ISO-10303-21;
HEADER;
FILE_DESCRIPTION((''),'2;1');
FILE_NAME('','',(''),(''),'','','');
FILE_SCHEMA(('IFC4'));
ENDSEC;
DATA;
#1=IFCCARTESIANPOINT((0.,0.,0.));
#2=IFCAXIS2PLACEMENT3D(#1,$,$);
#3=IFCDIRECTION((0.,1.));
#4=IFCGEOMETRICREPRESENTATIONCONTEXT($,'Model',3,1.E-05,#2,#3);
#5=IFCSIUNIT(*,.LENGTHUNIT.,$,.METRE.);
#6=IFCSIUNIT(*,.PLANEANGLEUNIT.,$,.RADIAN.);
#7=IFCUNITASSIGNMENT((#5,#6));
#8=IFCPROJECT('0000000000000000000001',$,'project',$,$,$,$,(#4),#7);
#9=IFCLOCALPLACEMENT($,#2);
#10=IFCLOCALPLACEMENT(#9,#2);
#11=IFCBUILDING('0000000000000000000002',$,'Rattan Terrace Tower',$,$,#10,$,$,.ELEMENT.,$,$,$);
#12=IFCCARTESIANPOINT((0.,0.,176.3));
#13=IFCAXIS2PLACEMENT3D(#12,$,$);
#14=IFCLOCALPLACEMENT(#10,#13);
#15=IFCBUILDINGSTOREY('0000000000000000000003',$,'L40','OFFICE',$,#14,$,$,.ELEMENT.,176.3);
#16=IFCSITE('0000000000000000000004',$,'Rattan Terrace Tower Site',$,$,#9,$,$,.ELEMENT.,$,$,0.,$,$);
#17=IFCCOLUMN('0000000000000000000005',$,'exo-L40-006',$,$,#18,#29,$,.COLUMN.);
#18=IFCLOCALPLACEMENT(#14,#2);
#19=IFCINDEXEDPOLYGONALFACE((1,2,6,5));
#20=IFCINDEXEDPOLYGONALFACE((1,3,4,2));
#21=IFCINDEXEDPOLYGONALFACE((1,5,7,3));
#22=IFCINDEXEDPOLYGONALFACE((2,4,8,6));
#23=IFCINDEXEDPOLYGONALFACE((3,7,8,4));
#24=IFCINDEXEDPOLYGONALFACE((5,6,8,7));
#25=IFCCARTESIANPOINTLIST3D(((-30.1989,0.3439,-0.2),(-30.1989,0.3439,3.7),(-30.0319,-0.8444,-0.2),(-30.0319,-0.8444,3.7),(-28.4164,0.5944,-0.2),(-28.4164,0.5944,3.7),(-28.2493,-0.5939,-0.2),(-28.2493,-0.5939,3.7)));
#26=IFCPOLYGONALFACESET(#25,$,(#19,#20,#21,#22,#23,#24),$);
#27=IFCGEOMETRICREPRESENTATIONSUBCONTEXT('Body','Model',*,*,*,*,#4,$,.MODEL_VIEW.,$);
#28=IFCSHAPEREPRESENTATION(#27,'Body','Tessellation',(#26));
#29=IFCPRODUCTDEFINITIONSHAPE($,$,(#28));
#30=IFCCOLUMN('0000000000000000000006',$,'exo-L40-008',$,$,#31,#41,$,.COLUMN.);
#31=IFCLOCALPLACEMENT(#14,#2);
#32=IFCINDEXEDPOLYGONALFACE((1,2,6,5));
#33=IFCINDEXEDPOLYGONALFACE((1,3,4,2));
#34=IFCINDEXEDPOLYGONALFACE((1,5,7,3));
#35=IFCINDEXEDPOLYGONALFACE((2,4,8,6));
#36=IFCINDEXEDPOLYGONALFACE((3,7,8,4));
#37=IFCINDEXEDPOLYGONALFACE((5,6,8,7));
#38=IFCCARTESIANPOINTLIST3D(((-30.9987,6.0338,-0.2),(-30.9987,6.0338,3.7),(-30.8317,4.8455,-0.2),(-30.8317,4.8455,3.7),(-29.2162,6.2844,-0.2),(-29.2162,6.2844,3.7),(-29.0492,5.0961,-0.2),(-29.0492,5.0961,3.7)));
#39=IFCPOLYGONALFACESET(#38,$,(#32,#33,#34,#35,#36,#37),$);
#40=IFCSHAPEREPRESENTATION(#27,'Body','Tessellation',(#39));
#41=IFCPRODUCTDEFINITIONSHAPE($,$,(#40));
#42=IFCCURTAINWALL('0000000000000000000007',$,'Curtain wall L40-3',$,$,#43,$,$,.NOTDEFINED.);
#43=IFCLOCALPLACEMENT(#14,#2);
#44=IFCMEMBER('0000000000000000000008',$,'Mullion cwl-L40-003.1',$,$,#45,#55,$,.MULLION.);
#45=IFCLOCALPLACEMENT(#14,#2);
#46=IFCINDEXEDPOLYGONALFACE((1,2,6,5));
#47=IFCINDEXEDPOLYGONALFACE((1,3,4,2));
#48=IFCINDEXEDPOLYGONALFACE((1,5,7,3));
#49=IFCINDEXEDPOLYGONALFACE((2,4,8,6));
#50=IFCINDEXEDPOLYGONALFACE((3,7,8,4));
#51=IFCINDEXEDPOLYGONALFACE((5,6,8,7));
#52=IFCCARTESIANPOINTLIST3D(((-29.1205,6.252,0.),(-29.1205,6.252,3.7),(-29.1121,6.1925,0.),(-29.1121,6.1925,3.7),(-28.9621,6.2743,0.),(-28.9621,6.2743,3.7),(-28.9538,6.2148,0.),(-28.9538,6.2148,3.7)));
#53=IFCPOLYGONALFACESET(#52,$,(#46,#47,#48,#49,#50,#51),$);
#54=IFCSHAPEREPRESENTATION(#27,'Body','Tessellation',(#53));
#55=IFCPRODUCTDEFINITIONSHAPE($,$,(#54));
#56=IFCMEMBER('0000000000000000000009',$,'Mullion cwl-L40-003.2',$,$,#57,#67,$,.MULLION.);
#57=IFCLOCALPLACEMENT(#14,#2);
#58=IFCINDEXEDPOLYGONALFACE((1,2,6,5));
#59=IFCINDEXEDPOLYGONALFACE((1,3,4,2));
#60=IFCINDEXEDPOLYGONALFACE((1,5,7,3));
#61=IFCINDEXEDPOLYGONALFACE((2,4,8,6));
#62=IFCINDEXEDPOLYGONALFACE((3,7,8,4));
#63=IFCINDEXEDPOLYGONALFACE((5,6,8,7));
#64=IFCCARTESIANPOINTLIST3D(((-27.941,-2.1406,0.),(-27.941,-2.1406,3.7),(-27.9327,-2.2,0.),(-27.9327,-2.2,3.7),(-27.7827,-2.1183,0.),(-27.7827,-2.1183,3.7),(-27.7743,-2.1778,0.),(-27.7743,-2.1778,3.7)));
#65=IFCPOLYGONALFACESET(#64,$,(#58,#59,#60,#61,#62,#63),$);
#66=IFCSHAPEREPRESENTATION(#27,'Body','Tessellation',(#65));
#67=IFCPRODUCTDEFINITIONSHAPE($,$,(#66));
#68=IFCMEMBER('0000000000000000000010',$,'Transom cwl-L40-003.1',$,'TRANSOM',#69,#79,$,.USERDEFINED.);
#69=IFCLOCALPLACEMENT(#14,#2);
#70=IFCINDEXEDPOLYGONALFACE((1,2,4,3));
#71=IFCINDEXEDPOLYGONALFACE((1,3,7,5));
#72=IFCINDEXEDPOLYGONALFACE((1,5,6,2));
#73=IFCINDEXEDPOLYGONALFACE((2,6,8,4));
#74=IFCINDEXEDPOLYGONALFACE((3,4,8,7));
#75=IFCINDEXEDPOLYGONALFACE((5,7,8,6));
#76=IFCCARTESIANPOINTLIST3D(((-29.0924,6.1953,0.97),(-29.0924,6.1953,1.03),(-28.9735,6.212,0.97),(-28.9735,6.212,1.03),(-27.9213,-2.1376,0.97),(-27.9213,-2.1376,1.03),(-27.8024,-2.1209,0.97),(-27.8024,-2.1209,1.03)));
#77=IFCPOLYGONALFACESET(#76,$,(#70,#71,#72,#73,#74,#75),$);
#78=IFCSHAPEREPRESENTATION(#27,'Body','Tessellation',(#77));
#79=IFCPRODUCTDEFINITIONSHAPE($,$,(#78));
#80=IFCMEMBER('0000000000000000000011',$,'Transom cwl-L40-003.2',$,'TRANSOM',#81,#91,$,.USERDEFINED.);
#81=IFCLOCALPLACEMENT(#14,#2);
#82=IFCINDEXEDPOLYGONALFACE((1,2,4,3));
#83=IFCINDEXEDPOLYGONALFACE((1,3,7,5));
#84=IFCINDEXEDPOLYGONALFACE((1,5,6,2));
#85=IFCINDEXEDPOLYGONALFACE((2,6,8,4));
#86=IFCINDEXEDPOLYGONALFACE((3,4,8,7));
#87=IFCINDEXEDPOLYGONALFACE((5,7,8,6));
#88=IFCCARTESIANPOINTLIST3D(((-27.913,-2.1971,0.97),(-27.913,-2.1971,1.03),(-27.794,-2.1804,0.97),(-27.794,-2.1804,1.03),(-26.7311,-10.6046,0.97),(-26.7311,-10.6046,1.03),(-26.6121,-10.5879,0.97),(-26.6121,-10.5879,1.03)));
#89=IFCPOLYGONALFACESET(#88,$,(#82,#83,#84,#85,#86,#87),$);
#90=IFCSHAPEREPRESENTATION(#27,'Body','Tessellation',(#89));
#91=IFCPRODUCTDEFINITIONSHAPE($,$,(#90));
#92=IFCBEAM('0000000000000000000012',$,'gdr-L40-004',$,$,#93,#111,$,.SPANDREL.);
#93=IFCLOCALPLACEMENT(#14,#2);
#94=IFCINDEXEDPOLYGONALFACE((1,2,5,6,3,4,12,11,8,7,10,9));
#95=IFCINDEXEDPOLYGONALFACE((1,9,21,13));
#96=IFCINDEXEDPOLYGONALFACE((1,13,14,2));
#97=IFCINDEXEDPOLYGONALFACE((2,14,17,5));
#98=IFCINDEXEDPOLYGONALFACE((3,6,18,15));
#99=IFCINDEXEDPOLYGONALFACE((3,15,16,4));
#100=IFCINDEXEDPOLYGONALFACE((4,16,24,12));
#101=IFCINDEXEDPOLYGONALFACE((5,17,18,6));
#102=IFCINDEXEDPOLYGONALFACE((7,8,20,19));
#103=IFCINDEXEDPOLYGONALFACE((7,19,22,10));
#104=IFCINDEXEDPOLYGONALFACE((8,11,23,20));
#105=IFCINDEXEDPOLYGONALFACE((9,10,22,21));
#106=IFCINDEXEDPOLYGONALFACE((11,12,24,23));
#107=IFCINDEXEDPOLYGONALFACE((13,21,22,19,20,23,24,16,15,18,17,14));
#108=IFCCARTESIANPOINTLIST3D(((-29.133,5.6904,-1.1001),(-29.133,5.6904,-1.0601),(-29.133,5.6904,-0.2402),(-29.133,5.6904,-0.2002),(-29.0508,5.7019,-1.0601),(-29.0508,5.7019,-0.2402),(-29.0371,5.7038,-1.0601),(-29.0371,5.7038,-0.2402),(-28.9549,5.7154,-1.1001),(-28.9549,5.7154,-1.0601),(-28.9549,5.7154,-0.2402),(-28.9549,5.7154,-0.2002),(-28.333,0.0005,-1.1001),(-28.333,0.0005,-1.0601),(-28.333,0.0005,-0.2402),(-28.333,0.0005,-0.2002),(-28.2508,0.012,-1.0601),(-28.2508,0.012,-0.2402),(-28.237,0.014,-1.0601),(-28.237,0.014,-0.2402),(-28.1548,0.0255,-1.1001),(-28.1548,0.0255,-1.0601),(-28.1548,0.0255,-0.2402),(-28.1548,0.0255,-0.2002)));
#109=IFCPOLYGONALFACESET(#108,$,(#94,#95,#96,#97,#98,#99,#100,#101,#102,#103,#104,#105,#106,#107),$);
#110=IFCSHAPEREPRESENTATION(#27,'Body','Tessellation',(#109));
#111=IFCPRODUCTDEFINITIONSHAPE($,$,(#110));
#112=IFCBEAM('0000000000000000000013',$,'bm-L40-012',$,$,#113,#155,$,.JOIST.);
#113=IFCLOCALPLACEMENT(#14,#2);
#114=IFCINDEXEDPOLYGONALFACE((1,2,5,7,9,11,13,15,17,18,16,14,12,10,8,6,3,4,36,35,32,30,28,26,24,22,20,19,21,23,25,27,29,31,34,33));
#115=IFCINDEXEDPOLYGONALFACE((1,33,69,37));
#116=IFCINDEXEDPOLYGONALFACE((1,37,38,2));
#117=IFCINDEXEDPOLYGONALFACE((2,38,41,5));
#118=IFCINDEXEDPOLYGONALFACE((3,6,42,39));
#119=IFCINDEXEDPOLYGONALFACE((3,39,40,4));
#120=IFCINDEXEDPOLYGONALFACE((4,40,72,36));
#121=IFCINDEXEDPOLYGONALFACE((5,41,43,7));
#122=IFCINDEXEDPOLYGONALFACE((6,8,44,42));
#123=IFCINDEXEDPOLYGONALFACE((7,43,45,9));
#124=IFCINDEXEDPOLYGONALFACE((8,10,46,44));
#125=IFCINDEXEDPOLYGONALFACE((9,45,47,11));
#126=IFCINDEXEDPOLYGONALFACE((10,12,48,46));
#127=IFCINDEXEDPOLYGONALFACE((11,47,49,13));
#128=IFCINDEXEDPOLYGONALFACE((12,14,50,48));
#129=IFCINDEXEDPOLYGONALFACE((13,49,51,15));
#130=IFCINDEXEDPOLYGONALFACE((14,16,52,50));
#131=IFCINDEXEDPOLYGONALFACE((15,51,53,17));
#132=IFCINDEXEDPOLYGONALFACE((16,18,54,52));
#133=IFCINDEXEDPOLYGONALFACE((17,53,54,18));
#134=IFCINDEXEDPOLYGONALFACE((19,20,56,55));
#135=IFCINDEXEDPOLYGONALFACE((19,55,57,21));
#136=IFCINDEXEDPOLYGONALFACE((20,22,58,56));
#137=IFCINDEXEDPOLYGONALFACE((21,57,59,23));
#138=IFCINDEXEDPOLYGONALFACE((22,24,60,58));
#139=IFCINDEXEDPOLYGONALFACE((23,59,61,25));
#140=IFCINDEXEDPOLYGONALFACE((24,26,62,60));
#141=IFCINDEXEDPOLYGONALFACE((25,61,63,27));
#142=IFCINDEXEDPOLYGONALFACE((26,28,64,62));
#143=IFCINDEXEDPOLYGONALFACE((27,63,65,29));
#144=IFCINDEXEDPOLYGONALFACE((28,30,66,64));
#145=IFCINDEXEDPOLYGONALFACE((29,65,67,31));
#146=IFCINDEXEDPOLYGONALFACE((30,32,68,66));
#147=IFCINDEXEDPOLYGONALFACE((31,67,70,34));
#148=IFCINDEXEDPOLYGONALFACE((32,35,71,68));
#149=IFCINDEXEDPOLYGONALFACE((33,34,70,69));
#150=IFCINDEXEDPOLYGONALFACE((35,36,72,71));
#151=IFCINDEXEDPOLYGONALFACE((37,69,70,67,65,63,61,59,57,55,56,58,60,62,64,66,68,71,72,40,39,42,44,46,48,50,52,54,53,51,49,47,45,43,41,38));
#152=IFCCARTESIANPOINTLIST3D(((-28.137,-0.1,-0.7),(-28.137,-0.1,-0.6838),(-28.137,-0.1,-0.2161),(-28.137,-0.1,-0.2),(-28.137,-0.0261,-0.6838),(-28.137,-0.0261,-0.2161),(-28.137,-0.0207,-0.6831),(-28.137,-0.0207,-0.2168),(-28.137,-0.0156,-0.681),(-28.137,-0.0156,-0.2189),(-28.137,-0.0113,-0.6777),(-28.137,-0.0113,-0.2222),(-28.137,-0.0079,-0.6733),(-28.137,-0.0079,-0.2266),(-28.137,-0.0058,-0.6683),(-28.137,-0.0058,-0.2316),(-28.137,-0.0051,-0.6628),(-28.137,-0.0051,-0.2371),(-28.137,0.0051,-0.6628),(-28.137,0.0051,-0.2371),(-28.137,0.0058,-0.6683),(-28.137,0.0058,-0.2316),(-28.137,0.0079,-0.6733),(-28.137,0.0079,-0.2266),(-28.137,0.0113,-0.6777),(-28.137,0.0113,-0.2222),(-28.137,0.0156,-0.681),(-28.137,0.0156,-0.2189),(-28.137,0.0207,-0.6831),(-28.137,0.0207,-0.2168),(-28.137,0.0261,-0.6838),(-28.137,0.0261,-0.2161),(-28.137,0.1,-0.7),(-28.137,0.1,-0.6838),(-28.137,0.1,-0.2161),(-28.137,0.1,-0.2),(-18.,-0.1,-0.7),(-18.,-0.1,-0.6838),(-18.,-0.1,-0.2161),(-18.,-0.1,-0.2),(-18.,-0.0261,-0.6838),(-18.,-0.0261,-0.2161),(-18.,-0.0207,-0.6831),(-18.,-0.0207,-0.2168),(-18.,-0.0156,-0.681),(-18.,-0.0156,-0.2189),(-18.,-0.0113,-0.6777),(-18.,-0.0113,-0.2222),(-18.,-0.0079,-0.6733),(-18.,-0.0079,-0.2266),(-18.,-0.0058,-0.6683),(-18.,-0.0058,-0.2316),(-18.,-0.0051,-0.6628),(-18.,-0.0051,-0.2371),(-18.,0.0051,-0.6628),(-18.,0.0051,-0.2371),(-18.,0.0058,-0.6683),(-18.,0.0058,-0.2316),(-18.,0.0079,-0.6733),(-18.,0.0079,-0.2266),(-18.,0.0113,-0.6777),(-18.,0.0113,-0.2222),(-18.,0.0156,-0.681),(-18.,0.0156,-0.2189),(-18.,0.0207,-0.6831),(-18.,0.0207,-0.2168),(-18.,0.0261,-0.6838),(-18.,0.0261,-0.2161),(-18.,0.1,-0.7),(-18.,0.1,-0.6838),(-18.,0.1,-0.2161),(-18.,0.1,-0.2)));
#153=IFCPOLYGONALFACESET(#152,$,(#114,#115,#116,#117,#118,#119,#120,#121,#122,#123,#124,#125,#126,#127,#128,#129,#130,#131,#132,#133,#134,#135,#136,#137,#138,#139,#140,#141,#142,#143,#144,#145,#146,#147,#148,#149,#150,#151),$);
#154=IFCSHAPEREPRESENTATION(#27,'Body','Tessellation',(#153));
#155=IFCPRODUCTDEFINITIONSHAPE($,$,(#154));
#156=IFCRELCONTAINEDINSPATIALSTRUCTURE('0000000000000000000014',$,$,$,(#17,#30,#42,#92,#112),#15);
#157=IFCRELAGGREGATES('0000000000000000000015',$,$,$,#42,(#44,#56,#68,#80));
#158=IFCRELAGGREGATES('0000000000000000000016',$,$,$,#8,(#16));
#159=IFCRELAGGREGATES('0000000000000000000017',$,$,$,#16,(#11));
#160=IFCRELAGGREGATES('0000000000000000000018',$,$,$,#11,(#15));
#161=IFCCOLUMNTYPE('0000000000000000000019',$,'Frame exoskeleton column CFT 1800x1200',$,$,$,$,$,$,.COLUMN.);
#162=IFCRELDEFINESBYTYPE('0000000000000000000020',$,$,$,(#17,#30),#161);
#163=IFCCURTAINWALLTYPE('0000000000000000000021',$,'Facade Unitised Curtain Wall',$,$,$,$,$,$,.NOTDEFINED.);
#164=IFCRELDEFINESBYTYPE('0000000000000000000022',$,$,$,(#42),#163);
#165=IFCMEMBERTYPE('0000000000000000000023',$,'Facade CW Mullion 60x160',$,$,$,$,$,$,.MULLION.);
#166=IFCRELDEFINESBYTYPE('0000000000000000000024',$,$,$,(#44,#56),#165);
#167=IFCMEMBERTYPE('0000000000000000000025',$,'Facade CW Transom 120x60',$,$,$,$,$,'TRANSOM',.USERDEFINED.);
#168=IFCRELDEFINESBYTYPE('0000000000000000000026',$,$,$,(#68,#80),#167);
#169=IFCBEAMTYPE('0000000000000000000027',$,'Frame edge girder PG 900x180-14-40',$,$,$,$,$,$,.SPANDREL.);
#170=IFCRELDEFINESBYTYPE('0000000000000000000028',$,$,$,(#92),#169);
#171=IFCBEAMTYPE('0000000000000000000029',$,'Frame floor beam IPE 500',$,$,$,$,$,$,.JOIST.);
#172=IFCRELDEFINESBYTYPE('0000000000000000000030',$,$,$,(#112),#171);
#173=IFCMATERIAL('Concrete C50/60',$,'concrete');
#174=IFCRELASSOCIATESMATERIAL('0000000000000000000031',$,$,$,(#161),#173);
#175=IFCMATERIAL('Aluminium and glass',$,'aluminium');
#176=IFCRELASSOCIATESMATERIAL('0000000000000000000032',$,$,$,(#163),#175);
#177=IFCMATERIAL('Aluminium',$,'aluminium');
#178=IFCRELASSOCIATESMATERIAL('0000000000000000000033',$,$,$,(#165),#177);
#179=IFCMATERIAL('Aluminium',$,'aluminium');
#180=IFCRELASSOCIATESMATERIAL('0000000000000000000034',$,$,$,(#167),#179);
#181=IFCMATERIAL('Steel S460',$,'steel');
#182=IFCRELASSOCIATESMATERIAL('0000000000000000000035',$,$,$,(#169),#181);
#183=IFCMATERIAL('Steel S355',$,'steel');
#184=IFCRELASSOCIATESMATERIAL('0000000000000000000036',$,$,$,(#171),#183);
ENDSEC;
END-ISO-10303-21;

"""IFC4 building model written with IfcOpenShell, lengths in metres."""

from ifc_helpers import new_model, si_unit, direction, frame, origin, origin_2d, place, context, subcontext, project, spatial, rectangle, i_section, extrude, material, material_profile, profile_set, type_object, element, aggregate, save


model = new_model("IFC4")

# Units and contexts
model_context = context("Model", 3, precision=1e-05, world=origin(), true_north=direction((0.0, 1.0)))
body_context = subcontext(model_context, "Body", "Model", "MODEL_VIEW")
ifc_project = project(units=[si_unit("LENGTHUNIT", "METRE"), si_unit("PLANEANGLEUNIT", "RADIAN")], contexts=[model_context])

# Site, building, storey
site_placement = place(None, origin())
site = spatial("IfcSite", under=ifc_project, at=site_placement, Name="Rattan Terrace Tower Site", CompositionType="ELEMENT", RefElevation=0.0)
building_placement = place(site_placement, origin())
building = spatial("IfcBuilding", under=site, at=building_placement, Name="Rattan Terrace Tower", CompositionType="ELEMENT")
storey_placement = place(building_placement, frame((0.0, 0.0, 176.3)))
storey = spatial("IfcBuildingStorey", under=building, at=storey_placement, Name="L40", Description="OFFICE", CompositionType="ELEMENT", Elevation=176.3)

# Columns
ifc_material_1 = material(Name="Concrete C50/60", Category="concrete")
ifc_material_profile_1 = material_profile(ifc_material_1, rectangle(XDim=1.2, YDim=1.8, at=origin_2d()), Name="CFT 1800x1200")
ifc_profile_set_1 = profile_set([ifc_material_profile_1], Name="Concrete C50/60")
column_type = type_object("IfcColumnType", Name="Frame exoskeleton column CFT 1800x1200", PredefinedType="COLUMN", material=ifc_profile_set_1)
for number, where, z_axis, x_axis, name in (
    (1, (-29.2241, -0.125, -0.2), (0.0, 0.0, 1.0), (-0.13919, 0.990266, 0.0), "exo-L40-006"),
    (2, (-30.0239, 5.5649, -0.2), (0.0, 0.0, 1.0), (-0.13919, 0.990266, 0.0), "exo-L40-008"),
):
    element("IfcColumn", number, at=place(storey_placement, frame(where, z_axis=z_axis, x_axis=x_axis)), inside=storey, type_object=column_type, Name=name, PredefinedType="COLUMN", context=body_context, shape_type="SweptSolid", body=[
        extrude(rectangle(XDim=1.2, YDim=1.8, at=origin_2d()), origin(), (0.0, 0.0, 1.0), 3.8999),
    ])

# Curtain wall, members
ifc_material_2 = material(Name="Aluminium and glass", Category="aluminium")
curtain_wall_type = type_object("IfcCurtainWallType", Name="Facade Unitised Curtain Wall", PredefinedType="NOTDEFINED", material=ifc_material_2)
curtain_wall_placement = place(storey_placement, origin())
curtain_wall = element("IfcCurtainWall", 3, at=curtain_wall_placement, inside=storey, type_object=curtain_wall_type, Name="Curtain wall L40-3", PredefinedType="NOTDEFINED")
ifc_material_3 = material(Name="Aluminium", Category="aluminium")
ifc_material_profile_2 = material_profile(ifc_material_3, rectangle(XDim=0.0601, YDim=0.1599, at=origin_2d()), Name="Aluminium 60x160")
ifc_profile_set_2 = profile_set([ifc_material_profile_2], Name="Aluminium")
member_type_1 = type_object("IfcMemberType", Name="Facade CW Mullion 60x160", PredefinedType="MULLION", material=ifc_profile_set_2)
member_1_placement = place(storey_placement, frame((-29.0371, 6.2334, 0.0), z_axis=(0.0, 0.0, 1.0), x_axis=(0.139191, -0.990266, 0.0)))
member_1 = element("IfcMember", 4, at=member_1_placement, type_object=member_type_1, Name="Mullion cwl-L40-003.1", PredefinedType="MULLION", context=body_context, shape_type="SweptSolid", body=[
    extrude(rectangle(XDim=0.0601, YDim=0.1599, at=origin_2d()), origin(), (0.0, 0.0, 1.0), 3.7),
])
member_2_placement = place(storey_placement, frame((-27.8577, -2.1592, 0.0), z_axis=(0.0, 0.0, 1.0), x_axis=(0.139191, -0.990266, 0.0)))
member_2 = element("IfcMember", 5, at=member_2_placement, type_object=member_type_1, Name="Mullion cwl-L40-003.2", PredefinedType="MULLION", context=body_context, shape_type="SweptSolid", body=[
    extrude(rectangle(XDim=0.0601, YDim=0.1599, at=origin_2d()), origin(), (0.0, 0.0, 1.0), 3.7),
])
ifc_material_4 = material(Name="Aluminium", Category="aluminium")
ifc_material_profile_3 = material_profile(ifc_material_4, rectangle(XDim=0.1201, YDim=0.0601, at=origin_2d()), Name="Aluminium 120x60")
ifc_profile_set_3 = profile_set([ifc_material_profile_3], Name="Aluminium")
member_type_2 = type_object("IfcMemberType", Name="Facade CW Transom 120x60", ElementType="TRANSOM", PredefinedType="USERDEFINED", material=ifc_profile_set_3)
member_3_placement = place(storey_placement, frame((-29.033, 6.2036, 1.0), z_axis=(0.139175, -0.990268, 0.0), x_axis=(0.990268, 0.139175, 0.0)))
member_3 = element("IfcMember", 6, at=member_3_placement, type_object=member_type_2, Name="Transom cwl-L40-003.1", ObjectType="TRANSOM", PredefinedType="USERDEFINED", context=body_context, shape_type="SweptSolid", body=[
    extrude(rectangle(XDim=0.1201, YDim=0.0601, at=origin_2d()), origin(), (0.0, 0.0, 1.0), 8.4148),
])
member_4_placement = place(storey_placement, frame((-27.8535, -2.1887, 1.0), z_axis=(0.139207, -0.990263, 0.0), x_axis=(0.990263, 0.139207, 0.0)))
member_4 = element("IfcMember", 7, at=member_4_placement, type_object=member_type_2, Name="Transom cwl-L40-003.2", ObjectType="TRANSOM", PredefinedType="USERDEFINED", context=body_context, shape_type="SweptSolid", body=[
    extrude(rectangle(XDim=0.1201, YDim=0.0601, at=origin_2d()), origin(), (0.0, 0.0, 1.0), 8.4902),
])

# Beams
ifc_material_5 = material(Name="Steel S460", Category="steel")
ifc_material_profile_4 = material_profile(ifc_material_5, i_section(OverallWidth=0.1799, OverallDepth=0.8999, WebThickness=0.0139, FlangeThickness=0.04, at=origin_2d()), Name="PG 900x180-14-40")
ifc_profile_set_4 = profile_set([ifc_material_profile_4], Name="Steel S460")
beam_type_1 = type_object("IfcBeamType", Name="Frame edge girder PG 900x180-14-40", PredefinedType="SPANDREL", material=ifc_profile_set_4)
beam_1_placement = place(storey_placement, frame((-29.0439, 5.7029, -0.6501), z_axis=(0.139238, -0.990259, 0.0), x_axis=(0.990259, 0.139238, 0.0)))
element("IfcBeam", 8, at=beam_1_placement, inside=storey, type_object=beam_type_1, Name="gdr-L40-004", PredefinedType="SPANDREL", context=body_context, shape_type="SweptSolid", body=[
    extrude(i_section(OverallWidth=0.1799, OverallDepth=0.8999, WebThickness=0.0139, FlangeThickness=0.04, at=origin_2d()), origin(), (0.0, 0.0, 1.0), 5.7458),
])
ifc_material_6 = material(Name="Steel S355", Category="steel")
ifc_material_profile_5 = material_profile(ifc_material_6, i_section(OverallWidth=0.2, OverallDepth=0.5, WebThickness=0.0103, FlangeThickness=0.0161, FilletRadius=0.021, at=origin_2d()), Name="IPE 500")
ifc_profile_set_5 = profile_set([ifc_material_profile_5], Name="Steel S355")
beam_type_2 = type_object("IfcBeamType", Name="Frame floor beam IPE 500", PredefinedType="JOIST", material=ifc_profile_set_5)
beam_2_placement = place(storey_placement, frame((-28.137, 0.0, -0.45), z_axis=(1.0, 0.0, 0.0), x_axis=(0.0, 1.0, 0.0)))
element("IfcBeam", 9, at=beam_2_placement, inside=storey, type_object=beam_type_2, Name="bm-L40-012", PredefinedType="JOIST", context=body_context, shape_type="SweptSolid", body=[
    extrude(i_section(OverallWidth=0.2, OverallDepth=0.5, WebThickness=0.0103, FlangeThickness=0.0161, FilletRadius=0.021, at=origin_2d()), origin(), (0.0, 0.0, 1.0), 10.137),
])

aggregate(curtain_wall, [member_1, member_2, member_3, member_4])

save(model, "model.ifc")
